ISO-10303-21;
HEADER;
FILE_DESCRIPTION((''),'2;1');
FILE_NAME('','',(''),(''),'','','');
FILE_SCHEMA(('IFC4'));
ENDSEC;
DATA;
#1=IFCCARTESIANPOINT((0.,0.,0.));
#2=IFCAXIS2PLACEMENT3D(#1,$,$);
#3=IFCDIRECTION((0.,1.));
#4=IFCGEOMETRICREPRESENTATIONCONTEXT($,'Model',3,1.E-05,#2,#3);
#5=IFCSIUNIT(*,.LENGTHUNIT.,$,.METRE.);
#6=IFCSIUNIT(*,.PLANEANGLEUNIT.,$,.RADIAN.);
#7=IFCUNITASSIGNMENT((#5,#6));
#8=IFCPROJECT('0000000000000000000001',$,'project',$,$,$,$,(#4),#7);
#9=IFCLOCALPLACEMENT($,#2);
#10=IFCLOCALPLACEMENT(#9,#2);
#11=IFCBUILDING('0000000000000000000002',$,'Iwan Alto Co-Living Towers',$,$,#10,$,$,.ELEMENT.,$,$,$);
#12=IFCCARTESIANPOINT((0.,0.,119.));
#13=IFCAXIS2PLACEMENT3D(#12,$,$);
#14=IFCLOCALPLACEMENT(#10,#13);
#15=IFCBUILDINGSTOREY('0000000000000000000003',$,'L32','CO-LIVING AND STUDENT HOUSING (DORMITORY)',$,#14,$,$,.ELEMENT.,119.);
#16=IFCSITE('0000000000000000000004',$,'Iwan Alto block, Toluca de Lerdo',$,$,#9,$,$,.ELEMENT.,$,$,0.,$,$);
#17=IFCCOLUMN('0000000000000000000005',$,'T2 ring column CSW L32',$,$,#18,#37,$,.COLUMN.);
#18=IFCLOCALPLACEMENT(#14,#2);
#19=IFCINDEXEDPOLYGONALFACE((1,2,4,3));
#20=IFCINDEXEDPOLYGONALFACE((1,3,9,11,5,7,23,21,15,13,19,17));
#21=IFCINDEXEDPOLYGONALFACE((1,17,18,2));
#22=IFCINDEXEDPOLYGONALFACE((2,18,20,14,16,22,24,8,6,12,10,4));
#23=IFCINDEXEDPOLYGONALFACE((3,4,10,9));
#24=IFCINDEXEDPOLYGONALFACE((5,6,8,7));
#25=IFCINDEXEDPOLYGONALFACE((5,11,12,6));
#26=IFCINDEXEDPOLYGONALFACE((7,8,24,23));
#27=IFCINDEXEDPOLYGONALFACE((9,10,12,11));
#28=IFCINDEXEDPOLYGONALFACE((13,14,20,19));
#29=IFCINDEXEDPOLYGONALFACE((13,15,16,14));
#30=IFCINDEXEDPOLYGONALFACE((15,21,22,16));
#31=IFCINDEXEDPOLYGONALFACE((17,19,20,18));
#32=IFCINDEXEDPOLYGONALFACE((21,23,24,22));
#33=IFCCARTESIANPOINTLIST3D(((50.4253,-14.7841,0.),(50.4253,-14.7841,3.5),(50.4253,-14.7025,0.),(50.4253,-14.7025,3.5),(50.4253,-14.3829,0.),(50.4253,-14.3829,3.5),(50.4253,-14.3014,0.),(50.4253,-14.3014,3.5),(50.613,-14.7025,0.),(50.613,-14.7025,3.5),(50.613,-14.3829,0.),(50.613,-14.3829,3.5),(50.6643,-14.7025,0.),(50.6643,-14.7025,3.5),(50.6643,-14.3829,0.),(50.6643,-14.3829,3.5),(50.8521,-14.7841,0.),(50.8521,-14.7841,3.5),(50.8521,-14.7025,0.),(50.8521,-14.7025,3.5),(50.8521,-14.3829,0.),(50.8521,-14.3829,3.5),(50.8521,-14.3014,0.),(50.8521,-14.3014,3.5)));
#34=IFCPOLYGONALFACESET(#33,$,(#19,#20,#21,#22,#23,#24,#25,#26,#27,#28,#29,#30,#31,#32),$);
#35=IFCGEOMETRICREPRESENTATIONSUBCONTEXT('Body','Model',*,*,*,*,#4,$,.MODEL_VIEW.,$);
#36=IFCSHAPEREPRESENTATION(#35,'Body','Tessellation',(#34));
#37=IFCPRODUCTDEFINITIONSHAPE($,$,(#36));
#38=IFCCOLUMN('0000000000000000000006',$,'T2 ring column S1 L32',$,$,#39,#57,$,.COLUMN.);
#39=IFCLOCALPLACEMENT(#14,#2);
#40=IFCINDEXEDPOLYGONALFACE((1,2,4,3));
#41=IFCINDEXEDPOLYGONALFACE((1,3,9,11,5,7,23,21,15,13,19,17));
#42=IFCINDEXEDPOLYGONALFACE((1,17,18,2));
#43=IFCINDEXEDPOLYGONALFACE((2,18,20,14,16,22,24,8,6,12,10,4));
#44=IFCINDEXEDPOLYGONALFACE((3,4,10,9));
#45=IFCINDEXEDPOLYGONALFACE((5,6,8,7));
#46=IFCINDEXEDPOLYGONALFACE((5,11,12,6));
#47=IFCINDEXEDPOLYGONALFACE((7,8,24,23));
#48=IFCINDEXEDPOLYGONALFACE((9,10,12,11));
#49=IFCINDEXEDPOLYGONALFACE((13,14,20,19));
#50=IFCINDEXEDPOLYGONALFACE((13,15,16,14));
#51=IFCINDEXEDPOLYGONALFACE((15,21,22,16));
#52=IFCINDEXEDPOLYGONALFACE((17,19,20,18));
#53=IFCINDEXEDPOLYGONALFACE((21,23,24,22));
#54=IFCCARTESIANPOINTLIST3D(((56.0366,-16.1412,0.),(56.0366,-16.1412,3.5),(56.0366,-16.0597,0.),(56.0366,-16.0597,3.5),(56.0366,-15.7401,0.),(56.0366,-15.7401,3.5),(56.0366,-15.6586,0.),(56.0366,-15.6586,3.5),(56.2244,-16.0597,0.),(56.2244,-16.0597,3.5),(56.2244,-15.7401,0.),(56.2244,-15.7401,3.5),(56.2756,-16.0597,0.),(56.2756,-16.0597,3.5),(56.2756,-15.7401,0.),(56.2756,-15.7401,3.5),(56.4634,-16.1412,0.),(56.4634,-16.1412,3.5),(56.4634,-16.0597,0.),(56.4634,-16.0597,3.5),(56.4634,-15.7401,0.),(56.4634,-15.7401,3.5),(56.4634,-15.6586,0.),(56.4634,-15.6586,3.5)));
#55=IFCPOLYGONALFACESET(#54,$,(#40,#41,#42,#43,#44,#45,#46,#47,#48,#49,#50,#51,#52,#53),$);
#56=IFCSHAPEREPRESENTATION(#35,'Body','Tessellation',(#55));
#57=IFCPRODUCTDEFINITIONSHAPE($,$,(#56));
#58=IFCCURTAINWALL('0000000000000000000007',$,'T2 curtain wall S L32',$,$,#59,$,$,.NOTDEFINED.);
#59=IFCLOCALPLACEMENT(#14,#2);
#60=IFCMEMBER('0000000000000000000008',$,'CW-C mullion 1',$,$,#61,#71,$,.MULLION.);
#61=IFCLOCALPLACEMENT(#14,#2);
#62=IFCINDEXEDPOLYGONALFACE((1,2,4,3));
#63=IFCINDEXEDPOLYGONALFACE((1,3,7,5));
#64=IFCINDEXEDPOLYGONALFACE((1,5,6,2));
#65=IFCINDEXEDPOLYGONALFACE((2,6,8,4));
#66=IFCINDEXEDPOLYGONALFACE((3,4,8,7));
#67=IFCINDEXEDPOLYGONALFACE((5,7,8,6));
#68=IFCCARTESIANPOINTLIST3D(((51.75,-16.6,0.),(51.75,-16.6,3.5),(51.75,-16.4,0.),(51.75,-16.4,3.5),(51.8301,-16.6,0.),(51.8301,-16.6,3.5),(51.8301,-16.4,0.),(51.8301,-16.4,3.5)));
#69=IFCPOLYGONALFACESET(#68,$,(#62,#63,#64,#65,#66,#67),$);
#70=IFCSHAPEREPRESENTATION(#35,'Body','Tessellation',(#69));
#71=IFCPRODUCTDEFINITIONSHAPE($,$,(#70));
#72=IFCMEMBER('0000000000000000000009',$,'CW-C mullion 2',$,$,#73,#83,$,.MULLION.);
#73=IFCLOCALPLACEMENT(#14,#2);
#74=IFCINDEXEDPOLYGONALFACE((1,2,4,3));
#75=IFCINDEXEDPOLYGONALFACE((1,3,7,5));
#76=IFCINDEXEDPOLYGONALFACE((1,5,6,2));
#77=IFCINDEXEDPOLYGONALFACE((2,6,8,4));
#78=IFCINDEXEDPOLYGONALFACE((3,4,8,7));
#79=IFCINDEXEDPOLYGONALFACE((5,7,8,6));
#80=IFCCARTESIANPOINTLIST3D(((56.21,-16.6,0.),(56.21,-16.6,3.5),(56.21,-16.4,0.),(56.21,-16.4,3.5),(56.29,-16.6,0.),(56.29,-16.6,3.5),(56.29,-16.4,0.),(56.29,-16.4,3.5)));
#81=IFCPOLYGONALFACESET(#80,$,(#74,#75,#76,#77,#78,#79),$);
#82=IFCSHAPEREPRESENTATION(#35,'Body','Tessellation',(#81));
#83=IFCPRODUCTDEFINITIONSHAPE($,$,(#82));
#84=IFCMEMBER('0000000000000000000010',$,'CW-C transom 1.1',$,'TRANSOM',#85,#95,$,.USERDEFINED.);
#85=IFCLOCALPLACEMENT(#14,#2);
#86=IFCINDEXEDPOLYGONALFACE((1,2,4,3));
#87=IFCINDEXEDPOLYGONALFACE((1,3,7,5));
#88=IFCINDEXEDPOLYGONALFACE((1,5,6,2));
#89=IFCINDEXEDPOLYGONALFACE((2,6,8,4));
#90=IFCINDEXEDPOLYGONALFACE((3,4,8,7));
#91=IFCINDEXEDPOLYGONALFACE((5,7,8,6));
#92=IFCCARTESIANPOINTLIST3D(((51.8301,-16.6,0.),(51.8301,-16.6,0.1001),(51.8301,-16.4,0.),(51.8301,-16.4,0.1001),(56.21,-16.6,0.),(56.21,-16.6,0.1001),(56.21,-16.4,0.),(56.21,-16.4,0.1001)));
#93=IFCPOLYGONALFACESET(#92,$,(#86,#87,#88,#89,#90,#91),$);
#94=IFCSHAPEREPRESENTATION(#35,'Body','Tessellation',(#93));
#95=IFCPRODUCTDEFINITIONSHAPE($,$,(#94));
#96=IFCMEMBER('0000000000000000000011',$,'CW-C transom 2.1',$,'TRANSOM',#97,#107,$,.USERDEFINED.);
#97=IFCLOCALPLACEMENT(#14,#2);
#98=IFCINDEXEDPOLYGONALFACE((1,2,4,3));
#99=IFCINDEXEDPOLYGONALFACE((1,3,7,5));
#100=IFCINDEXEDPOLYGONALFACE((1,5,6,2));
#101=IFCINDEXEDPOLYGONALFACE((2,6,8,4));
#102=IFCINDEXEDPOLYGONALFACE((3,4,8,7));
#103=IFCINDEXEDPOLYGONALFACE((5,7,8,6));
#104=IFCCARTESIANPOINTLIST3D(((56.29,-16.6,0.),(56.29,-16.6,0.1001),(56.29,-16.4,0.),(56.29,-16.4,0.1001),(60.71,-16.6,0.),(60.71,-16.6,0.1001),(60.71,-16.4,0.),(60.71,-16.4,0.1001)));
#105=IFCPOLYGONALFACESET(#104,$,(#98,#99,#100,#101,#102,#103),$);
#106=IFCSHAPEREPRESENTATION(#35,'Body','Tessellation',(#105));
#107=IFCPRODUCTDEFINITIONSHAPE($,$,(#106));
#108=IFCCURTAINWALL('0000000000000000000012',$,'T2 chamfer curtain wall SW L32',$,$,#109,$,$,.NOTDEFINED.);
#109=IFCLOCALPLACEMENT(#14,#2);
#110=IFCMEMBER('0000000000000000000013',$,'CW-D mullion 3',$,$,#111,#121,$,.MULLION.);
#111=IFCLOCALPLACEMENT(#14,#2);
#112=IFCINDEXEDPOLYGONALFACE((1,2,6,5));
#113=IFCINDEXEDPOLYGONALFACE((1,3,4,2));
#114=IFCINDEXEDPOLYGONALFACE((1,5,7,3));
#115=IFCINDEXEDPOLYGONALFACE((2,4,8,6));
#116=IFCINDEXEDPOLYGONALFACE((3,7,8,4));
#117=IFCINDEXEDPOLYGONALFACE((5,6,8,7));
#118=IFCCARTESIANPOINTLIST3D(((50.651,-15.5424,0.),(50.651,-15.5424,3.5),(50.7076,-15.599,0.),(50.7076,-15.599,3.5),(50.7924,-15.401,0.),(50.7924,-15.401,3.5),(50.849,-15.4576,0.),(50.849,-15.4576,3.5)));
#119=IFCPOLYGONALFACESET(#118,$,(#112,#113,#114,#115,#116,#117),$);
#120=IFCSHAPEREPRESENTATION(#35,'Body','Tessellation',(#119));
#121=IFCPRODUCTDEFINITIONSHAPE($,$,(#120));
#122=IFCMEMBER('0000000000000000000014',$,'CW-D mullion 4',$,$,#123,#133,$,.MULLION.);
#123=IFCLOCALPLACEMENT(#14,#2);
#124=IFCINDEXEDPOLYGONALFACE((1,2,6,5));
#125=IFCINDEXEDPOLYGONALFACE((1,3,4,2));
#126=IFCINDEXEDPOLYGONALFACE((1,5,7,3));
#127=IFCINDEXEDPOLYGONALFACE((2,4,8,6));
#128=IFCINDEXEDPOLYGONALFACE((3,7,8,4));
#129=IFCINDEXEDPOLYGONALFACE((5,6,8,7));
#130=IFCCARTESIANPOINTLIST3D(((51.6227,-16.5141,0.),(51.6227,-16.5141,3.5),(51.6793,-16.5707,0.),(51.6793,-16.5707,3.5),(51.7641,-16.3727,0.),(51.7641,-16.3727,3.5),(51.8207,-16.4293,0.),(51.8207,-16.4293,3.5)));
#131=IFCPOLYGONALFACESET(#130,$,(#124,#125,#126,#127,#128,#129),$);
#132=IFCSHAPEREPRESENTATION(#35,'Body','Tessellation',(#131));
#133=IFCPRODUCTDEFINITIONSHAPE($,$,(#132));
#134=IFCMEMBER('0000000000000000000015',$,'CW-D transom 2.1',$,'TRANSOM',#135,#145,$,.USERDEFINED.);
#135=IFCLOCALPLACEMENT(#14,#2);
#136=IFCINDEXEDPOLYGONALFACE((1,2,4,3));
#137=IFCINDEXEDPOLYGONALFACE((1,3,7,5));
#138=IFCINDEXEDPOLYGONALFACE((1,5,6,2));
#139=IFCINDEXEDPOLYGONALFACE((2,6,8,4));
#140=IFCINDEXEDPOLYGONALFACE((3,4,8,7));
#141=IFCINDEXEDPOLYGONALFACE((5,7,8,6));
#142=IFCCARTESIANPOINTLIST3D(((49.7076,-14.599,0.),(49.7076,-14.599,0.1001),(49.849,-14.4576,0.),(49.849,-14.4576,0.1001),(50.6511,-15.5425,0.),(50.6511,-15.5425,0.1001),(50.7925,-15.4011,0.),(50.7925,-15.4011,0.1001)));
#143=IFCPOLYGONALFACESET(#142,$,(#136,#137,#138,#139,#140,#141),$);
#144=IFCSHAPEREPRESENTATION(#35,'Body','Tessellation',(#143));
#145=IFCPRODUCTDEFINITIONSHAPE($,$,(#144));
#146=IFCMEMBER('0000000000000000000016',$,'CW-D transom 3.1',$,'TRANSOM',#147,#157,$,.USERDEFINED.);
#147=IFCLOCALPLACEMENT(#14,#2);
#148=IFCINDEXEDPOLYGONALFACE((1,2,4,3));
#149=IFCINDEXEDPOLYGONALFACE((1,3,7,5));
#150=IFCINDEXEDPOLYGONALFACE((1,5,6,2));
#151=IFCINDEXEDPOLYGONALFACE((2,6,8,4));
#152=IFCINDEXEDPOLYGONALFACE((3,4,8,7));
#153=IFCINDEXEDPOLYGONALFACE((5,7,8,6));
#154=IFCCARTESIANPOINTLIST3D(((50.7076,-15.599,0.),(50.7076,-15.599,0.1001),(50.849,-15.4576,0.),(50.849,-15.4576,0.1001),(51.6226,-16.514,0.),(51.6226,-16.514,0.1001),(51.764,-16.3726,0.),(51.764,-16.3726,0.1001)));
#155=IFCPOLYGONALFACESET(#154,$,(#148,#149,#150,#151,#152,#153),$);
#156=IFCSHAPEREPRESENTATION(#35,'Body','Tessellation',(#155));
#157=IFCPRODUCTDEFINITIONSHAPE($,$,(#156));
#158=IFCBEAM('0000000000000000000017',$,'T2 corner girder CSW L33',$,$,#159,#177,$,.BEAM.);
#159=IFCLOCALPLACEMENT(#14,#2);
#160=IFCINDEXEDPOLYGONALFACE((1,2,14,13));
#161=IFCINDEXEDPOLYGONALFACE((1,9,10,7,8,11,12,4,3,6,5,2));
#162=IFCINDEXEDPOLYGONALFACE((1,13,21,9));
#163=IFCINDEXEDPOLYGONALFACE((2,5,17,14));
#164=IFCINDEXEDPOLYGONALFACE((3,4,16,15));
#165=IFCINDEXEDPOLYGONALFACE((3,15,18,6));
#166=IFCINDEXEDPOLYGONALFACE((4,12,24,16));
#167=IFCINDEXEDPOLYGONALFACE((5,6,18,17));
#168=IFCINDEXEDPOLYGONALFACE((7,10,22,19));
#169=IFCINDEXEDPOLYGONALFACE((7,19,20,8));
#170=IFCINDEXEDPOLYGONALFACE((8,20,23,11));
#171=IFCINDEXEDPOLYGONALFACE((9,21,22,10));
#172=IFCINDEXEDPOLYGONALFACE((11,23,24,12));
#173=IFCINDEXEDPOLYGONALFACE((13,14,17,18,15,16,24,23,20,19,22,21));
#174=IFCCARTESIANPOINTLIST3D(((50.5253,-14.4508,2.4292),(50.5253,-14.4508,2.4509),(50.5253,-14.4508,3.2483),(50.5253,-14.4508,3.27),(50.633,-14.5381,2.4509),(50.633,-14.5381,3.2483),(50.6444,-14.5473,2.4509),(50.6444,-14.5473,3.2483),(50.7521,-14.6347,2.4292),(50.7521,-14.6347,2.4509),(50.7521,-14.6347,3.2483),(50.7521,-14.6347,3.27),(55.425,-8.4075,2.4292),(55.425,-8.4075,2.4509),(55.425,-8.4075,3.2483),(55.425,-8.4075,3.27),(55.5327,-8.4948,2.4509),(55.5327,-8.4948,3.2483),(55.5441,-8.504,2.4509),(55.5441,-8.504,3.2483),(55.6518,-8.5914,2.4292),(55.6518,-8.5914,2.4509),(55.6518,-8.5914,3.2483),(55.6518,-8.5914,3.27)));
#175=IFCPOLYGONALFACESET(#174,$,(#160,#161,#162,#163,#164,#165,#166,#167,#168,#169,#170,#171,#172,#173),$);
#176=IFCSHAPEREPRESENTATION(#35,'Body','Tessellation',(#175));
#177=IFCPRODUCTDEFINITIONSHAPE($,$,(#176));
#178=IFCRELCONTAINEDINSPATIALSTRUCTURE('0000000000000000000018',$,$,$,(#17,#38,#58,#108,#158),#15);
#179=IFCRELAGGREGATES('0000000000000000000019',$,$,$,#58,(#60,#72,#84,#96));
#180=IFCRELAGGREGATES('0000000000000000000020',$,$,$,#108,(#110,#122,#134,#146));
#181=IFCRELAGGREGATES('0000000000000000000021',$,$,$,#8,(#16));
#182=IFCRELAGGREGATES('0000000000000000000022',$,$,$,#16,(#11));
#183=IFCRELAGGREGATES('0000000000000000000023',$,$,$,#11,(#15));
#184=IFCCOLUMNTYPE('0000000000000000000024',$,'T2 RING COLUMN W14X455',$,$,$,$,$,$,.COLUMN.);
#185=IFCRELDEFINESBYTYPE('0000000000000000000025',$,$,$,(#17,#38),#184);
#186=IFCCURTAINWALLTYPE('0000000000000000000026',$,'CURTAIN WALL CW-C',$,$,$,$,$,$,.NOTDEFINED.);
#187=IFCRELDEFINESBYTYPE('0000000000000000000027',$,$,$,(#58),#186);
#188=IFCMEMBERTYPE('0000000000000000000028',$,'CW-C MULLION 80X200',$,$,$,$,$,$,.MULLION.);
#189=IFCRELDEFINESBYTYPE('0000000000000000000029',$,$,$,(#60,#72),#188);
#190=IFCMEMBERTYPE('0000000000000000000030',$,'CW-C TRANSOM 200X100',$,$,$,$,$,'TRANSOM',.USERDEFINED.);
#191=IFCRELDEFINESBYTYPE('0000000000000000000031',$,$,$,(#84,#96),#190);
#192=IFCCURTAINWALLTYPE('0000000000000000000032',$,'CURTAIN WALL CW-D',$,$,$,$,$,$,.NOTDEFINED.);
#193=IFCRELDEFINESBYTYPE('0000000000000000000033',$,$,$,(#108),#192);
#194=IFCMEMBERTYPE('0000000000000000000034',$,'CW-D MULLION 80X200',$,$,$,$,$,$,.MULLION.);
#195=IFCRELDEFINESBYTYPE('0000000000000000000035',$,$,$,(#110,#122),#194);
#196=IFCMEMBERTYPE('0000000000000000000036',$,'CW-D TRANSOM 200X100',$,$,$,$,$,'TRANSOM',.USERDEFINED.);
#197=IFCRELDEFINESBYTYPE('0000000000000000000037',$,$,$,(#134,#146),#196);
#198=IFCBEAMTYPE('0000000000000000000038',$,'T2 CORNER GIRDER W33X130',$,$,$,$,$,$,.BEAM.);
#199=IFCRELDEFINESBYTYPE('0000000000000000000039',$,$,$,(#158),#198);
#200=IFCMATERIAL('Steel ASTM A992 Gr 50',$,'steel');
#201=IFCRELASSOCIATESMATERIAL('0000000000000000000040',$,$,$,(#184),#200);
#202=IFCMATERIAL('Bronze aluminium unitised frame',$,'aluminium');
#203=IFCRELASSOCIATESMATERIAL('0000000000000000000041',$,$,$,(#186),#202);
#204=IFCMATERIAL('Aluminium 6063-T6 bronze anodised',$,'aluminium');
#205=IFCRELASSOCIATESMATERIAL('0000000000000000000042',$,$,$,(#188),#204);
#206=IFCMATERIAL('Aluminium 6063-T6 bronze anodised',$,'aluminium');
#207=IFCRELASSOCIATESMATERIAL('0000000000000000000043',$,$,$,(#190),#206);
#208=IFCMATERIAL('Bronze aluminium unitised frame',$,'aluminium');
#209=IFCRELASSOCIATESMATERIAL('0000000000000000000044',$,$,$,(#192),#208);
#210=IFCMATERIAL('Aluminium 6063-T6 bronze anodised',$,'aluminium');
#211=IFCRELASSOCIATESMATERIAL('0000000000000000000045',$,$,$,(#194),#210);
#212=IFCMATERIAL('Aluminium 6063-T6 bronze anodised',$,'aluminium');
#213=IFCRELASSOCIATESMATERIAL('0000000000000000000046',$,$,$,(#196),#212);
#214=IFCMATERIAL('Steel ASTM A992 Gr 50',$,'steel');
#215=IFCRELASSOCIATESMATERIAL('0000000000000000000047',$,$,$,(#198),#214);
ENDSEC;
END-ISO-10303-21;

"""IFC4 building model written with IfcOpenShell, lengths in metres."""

from ifc_helpers import new_model, si_unit, direction, frame, origin, origin_2d, place, context, subcontext, project, spatial, rectangle, i_section, extrude, material, material_profile, profile_set, type_object, element, aggregate, save


model = new_model("IFC4")

# Units and contexts
model_context = context("Model", 3, precision=1e-05, world=origin(), true_north=direction((0.0, 1.0)))
body_context = subcontext(model_context, "Body", "Model", "MODEL_VIEW")
ifc_project = project(units=[si_unit("LENGTHUNIT", "METRE"), si_unit("PLANEANGLEUNIT", "RADIAN")], contexts=[model_context])

# Site, building, storey
site_placement = place(None, origin())
site = spatial("IfcSite", under=ifc_project, at=site_placement, Name="Iwan Alto block, Toluca de Lerdo", CompositionType="ELEMENT", RefElevation=0.0)
building_placement = place(site_placement, origin())
building = spatial("IfcBuilding", under=site, at=building_placement, Name="Iwan Alto Co-Living Towers", CompositionType="ELEMENT")
storey_placement = place(building_placement, frame((0.0, 0.0, 119.0)))
storey = spatial("IfcBuildingStorey", under=building, at=storey_placement, Name="L32", Description="CO-LIVING AND STUDENT HOUSING (DORMITORY)", CompositionType="ELEMENT", Elevation=119.0)

# Columns
ifc_material_1 = material(Name="Steel ASTM A992 Gr 50", Category="steel")
ifc_material_profile_1 = material_profile(ifc_material_1, i_section(OverallWidth=0.4268, OverallDepth=0.4827, WebThickness=0.0513, FlangeThickness=0.0815, at=origin_2d()), Name="W14X455")
ifc_profile_set_1 = profile_set([ifc_material_profile_1], Name="Steel ASTM A992 Gr 50")
column_type = type_object("IfcColumnType", Name="T2 RING COLUMN W14X455", PredefinedType="COLUMN", material=ifc_profile_set_1)
for number, where, z_axis, x_axis, name in (
    (1, (50.6387, -14.5427, 0.0), (0.0, 0.0, 1.0), (1.0, 0.0, 0.0), "T2 ring column CSW L32"),
    (2, (56.25, -15.8999, 0.0), (0.0, 0.0, 1.0), (1.0, 0.0, 0.0), "T2 ring column S1 L32"),
):
    element("IfcColumn", number, at=place(storey_placement, frame(where, z_axis=z_axis, x_axis=x_axis)), inside=storey, type_object=column_type, Name=name, PredefinedType="COLUMN", context=body_context, shape_type="SweptSolid", body=[
        extrude(i_section(OverallWidth=0.4268, OverallDepth=0.4827, WebThickness=0.0513, FlangeThickness=0.0815, at=origin_2d()), origin(), (0.0, 0.0, 1.0), 3.5),
    ])

# Curtain walls, members
ifc_material_2 = material(Name="Bronze aluminium unitised frame", Category="aluminium")
curtain_wall_type_1 = type_object("IfcCurtainWallType", Name="CURTAIN WALL CW-C", PredefinedType="NOTDEFINED", material=ifc_material_2)
curtain_wall_1_placement = place(storey_placement, origin())
curtain_wall_1 = element("IfcCurtainWall", 3, at=curtain_wall_1_placement, inside=storey, type_object=curtain_wall_type_1, Name="T2 curtain wall S L32", PredefinedType="NOTDEFINED")
ifc_material_3 = material(Name="Aluminium 6063-T6 bronze anodised", Category="aluminium")
ifc_material_profile_2 = material_profile(ifc_material_3, rectangle(XDim=0.2, YDim=0.0801, at=origin_2d()), Name="AL 80X200")
ifc_profile_set_2 = profile_set([ifc_material_profile_2], Name="Aluminium 6063-T6 bronze anodised")
member_type_1 = type_object("IfcMemberType", Name="CW-C MULLION 80X200", PredefinedType="MULLION", material=ifc_profile_set_2)
member_1_placement = place(storey_placement, frame((51.79, -16.5, 0.0), z_axis=(0.0, 0.0, 1.0), x_axis=(0.0, 1.0, 0.0)))
member_1 = element("IfcMember", 4, at=member_1_placement, type_object=member_type_1, Name="CW-C mullion 1", PredefinedType="MULLION", context=body_context, shape_type="SweptSolid", body=[
    extrude(rectangle(XDim=0.2, YDim=0.0801, at=origin_2d()), origin(), (0.0, 0.0, 1.0), 3.5),
])
member_2_placement = place(storey_placement, frame((56.25, -16.5, 0.0), z_axis=(0.0, 0.0, 1.0), x_axis=(0.0, 1.0, 0.0)))
member_2 = element("IfcMember", 5, at=member_2_placement, type_object=member_type_1, Name="CW-C mullion 2", PredefinedType="MULLION", context=body_context, shape_type="SweptSolid", body=[
    extrude(rectangle(XDim=0.2, YDim=0.0801, at=origin_2d()), origin(), (0.0, 0.0, 1.0), 3.5),
])
ifc_material_4 = material(Name="Aluminium 6063-T6 bronze anodised", Category="aluminium")
ifc_material_profile_3 = material_profile(ifc_material_4, rectangle(XDim=0.2, YDim=0.1001, at=origin_2d()), Name="AL 200X100")
ifc_profile_set_3 = profile_set([ifc_material_profile_3], Name="Aluminium 6063-T6 bronze anodised")
member_type_2 = type_object("IfcMemberType", Name="CW-C TRANSOM 200X100", ElementType="TRANSOM", PredefinedType="USERDEFINED", material=ifc_profile_set_3)
member_3_placement = place(storey_placement, frame((51.8301, -16.5, 0.05), z_axis=(1.0, 0.0, 0.0), x_axis=(0.0, 1.0, 0.0)))
member_3 = element("IfcMember", 6, at=member_3_placement, type_object=member_type_2, Name="CW-C transom 1.1", ObjectType="TRANSOM", PredefinedType="USERDEFINED", context=body_context, shape_type="SweptSolid", body=[
    extrude(rectangle(XDim=0.2, YDim=0.1001, at=origin_2d()), origin(), (0.0, 0.0, 1.0), 4.3799),
])
member_4_placement = place(storey_placement, frame((56.29, -16.5, 0.05), z_axis=(1.0, 0.0, 0.0), x_axis=(0.0, 1.0, 0.0)))
member_4 = element("IfcMember", 7, at=member_4_placement, type_object=member_type_2, Name="CW-C transom 2.1", ObjectType="TRANSOM", PredefinedType="USERDEFINED", context=body_context, shape_type="SweptSolid", body=[
    extrude(rectangle(XDim=0.2, YDim=0.1001, at=origin_2d()), origin(), (0.0, 0.0, 1.0), 4.4199),
])
ifc_material_5 = material(Name="Bronze aluminium unitised frame", Category="aluminium")
curtain_wall_type_2 = type_object("IfcCurtainWallType", Name="CURTAIN WALL CW-D", PredefinedType="NOTDEFINED", material=ifc_material_5)
curtain_wall_2_placement = place(storey_placement, origin())
curtain_wall_2 = element("IfcCurtainWall", 8, at=curtain_wall_2_placement, inside=storey, type_object=curtain_wall_type_2, Name="T2 chamfer curtain wall SW L32", PredefinedType="NOTDEFINED")
ifc_material_6 = material(Name="Aluminium 6063-T6 bronze anodised", Category="aluminium")
ifc_material_profile_4 = material_profile(ifc_material_6, rectangle(XDim=0.2, YDim=0.0801, at=origin_2d()), Name="AL 80X200")
ifc_profile_set_4 = profile_set([ifc_material_profile_4], Name="Aluminium 6063-T6 bronze anodised")
member_type_3 = type_object("IfcMemberType", Name="CW-D MULLION 80X200", PredefinedType="MULLION", material=ifc_profile_set_4)
member_5_placement = place(storey_placement, frame((50.75, -15.5, 0.0), z_axis=(0.0, 0.0, 1.0), x_axis=(0.707107, 0.707107, 0.0)))
member_5 = element("IfcMember", 9, at=member_5_placement, type_object=member_type_3, Name="CW-D mullion 3", PredefinedType="MULLION", context=body_context, shape_type="SweptSolid", body=[
    extrude(rectangle(XDim=0.2, YDim=0.0801, at=origin_2d()), origin(), (0.0, 0.0, 1.0), 3.5),
])
member_6_placement = place(storey_placement, frame((51.7217, -16.4717, 0.0), z_axis=(0.0, 0.0, 1.0), x_axis=(0.707107, 0.707107, 0.0)))
member_6 = element("IfcMember", 10, at=member_6_placement, type_object=member_type_3, Name="CW-D mullion 4", PredefinedType="MULLION", context=body_context, shape_type="SweptSolid", body=[
    extrude(rectangle(XDim=0.2, YDim=0.0801, at=origin_2d()), origin(), (0.0, 0.0, 1.0), 3.5),
])
ifc_material_7 = material(Name="Aluminium 6063-T6 bronze anodised", Category="aluminium")
ifc_material_profile_5 = material_profile(ifc_material_7, rectangle(XDim=0.2, YDim=0.1001, at=origin_2d()), Name="AL 200X100")
ifc_profile_set_5 = profile_set([ifc_material_profile_5], Name="Aluminium 6063-T6 bronze anodised")
member_type_4 = type_object("IfcMemberType", Name="CW-D TRANSOM 200X100", ElementType="TRANSOM", PredefinedType="USERDEFINED", material=ifc_profile_set_5)
member_7_placement = place(storey_placement, frame((49.7783, -14.5283, 0.05), z_axis=(0.707107, -0.707107, 0.0), x_axis=(0.707107, 0.707107, 0.0)))
member_7 = element("IfcMember", 11, at=member_7_placement, type_object=member_type_4, Name="CW-D transom 2.1", ObjectType="TRANSOM", PredefinedType="USERDEFINED", context=body_context, shape_type="SweptSolid", body=[
    extrude(rectangle(XDim=0.2, YDim=0.1001, at=origin_2d()), origin(), (0.0, 0.0, 1.0), 1.3342),
])
member_8_placement = place(storey_placement, frame((50.7783, -15.5283, 0.05), z_axis=(0.707107, -0.707107, 0.0), x_axis=(0.707107, 0.707107, 0.0)))
member_8 = element("IfcMember", 12, at=member_8_placement, type_object=member_type_4, Name="CW-D transom 3.1", ObjectType="TRANSOM", PredefinedType="USERDEFINED", context=body_context, shape_type="SweptSolid", body=[
    extrude(rectangle(XDim=0.2, YDim=0.1001, at=origin_2d()), origin(), (0.0, 0.0, 1.0), 1.2939),
])

# Beam
ifc_material_8 = material(Name="Steel ASTM A992 Gr 50", Category="steel")
ifc_material_profile_6 = material_profile(ifc_material_8, i_section(OverallWidth=0.292, OverallDepth=0.8408, WebThickness=0.0146, FlangeThickness=0.0217, at=origin_2d()), Name="W33X130")
ifc_profile_set_6 = profile_set([ifc_material_profile_6], Name="Steel ASTM A992 Gr 50")
beam_type_1 = type_object("IfcBeamType", Name="T2 CORNER GIRDER W33X130", PredefinedType="BEAM", material=ifc_profile_set_6)
beam_1_placement = place(storey_placement, frame((50.6387, -14.5427, 2.8496), z_axis=(0.629783, 0.776771, 0.0), x_axis=(-0.776771, 0.629783, 0.0)))
element("IfcBeam", 13, at=beam_1_placement, inside=storey, type_object=beam_type_1, Name="T2 corner girder CSW L33", PredefinedType="BEAM", context=body_context, shape_type="SweptSolid", body=[
    extrude(i_section(OverallWidth=0.292, OverallDepth=0.8408, WebThickness=0.0146, FlangeThickness=0.0217, at=origin_2d()), origin(), (0.0, 0.0, 1.0), 7.78),
])

aggregate(curtain_wall_1, [member_1, member_2, member_3, member_4])
aggregate(curtain_wall_2, [member_5, member_6, member_7, member_8])

save(model, "model.ifc")
